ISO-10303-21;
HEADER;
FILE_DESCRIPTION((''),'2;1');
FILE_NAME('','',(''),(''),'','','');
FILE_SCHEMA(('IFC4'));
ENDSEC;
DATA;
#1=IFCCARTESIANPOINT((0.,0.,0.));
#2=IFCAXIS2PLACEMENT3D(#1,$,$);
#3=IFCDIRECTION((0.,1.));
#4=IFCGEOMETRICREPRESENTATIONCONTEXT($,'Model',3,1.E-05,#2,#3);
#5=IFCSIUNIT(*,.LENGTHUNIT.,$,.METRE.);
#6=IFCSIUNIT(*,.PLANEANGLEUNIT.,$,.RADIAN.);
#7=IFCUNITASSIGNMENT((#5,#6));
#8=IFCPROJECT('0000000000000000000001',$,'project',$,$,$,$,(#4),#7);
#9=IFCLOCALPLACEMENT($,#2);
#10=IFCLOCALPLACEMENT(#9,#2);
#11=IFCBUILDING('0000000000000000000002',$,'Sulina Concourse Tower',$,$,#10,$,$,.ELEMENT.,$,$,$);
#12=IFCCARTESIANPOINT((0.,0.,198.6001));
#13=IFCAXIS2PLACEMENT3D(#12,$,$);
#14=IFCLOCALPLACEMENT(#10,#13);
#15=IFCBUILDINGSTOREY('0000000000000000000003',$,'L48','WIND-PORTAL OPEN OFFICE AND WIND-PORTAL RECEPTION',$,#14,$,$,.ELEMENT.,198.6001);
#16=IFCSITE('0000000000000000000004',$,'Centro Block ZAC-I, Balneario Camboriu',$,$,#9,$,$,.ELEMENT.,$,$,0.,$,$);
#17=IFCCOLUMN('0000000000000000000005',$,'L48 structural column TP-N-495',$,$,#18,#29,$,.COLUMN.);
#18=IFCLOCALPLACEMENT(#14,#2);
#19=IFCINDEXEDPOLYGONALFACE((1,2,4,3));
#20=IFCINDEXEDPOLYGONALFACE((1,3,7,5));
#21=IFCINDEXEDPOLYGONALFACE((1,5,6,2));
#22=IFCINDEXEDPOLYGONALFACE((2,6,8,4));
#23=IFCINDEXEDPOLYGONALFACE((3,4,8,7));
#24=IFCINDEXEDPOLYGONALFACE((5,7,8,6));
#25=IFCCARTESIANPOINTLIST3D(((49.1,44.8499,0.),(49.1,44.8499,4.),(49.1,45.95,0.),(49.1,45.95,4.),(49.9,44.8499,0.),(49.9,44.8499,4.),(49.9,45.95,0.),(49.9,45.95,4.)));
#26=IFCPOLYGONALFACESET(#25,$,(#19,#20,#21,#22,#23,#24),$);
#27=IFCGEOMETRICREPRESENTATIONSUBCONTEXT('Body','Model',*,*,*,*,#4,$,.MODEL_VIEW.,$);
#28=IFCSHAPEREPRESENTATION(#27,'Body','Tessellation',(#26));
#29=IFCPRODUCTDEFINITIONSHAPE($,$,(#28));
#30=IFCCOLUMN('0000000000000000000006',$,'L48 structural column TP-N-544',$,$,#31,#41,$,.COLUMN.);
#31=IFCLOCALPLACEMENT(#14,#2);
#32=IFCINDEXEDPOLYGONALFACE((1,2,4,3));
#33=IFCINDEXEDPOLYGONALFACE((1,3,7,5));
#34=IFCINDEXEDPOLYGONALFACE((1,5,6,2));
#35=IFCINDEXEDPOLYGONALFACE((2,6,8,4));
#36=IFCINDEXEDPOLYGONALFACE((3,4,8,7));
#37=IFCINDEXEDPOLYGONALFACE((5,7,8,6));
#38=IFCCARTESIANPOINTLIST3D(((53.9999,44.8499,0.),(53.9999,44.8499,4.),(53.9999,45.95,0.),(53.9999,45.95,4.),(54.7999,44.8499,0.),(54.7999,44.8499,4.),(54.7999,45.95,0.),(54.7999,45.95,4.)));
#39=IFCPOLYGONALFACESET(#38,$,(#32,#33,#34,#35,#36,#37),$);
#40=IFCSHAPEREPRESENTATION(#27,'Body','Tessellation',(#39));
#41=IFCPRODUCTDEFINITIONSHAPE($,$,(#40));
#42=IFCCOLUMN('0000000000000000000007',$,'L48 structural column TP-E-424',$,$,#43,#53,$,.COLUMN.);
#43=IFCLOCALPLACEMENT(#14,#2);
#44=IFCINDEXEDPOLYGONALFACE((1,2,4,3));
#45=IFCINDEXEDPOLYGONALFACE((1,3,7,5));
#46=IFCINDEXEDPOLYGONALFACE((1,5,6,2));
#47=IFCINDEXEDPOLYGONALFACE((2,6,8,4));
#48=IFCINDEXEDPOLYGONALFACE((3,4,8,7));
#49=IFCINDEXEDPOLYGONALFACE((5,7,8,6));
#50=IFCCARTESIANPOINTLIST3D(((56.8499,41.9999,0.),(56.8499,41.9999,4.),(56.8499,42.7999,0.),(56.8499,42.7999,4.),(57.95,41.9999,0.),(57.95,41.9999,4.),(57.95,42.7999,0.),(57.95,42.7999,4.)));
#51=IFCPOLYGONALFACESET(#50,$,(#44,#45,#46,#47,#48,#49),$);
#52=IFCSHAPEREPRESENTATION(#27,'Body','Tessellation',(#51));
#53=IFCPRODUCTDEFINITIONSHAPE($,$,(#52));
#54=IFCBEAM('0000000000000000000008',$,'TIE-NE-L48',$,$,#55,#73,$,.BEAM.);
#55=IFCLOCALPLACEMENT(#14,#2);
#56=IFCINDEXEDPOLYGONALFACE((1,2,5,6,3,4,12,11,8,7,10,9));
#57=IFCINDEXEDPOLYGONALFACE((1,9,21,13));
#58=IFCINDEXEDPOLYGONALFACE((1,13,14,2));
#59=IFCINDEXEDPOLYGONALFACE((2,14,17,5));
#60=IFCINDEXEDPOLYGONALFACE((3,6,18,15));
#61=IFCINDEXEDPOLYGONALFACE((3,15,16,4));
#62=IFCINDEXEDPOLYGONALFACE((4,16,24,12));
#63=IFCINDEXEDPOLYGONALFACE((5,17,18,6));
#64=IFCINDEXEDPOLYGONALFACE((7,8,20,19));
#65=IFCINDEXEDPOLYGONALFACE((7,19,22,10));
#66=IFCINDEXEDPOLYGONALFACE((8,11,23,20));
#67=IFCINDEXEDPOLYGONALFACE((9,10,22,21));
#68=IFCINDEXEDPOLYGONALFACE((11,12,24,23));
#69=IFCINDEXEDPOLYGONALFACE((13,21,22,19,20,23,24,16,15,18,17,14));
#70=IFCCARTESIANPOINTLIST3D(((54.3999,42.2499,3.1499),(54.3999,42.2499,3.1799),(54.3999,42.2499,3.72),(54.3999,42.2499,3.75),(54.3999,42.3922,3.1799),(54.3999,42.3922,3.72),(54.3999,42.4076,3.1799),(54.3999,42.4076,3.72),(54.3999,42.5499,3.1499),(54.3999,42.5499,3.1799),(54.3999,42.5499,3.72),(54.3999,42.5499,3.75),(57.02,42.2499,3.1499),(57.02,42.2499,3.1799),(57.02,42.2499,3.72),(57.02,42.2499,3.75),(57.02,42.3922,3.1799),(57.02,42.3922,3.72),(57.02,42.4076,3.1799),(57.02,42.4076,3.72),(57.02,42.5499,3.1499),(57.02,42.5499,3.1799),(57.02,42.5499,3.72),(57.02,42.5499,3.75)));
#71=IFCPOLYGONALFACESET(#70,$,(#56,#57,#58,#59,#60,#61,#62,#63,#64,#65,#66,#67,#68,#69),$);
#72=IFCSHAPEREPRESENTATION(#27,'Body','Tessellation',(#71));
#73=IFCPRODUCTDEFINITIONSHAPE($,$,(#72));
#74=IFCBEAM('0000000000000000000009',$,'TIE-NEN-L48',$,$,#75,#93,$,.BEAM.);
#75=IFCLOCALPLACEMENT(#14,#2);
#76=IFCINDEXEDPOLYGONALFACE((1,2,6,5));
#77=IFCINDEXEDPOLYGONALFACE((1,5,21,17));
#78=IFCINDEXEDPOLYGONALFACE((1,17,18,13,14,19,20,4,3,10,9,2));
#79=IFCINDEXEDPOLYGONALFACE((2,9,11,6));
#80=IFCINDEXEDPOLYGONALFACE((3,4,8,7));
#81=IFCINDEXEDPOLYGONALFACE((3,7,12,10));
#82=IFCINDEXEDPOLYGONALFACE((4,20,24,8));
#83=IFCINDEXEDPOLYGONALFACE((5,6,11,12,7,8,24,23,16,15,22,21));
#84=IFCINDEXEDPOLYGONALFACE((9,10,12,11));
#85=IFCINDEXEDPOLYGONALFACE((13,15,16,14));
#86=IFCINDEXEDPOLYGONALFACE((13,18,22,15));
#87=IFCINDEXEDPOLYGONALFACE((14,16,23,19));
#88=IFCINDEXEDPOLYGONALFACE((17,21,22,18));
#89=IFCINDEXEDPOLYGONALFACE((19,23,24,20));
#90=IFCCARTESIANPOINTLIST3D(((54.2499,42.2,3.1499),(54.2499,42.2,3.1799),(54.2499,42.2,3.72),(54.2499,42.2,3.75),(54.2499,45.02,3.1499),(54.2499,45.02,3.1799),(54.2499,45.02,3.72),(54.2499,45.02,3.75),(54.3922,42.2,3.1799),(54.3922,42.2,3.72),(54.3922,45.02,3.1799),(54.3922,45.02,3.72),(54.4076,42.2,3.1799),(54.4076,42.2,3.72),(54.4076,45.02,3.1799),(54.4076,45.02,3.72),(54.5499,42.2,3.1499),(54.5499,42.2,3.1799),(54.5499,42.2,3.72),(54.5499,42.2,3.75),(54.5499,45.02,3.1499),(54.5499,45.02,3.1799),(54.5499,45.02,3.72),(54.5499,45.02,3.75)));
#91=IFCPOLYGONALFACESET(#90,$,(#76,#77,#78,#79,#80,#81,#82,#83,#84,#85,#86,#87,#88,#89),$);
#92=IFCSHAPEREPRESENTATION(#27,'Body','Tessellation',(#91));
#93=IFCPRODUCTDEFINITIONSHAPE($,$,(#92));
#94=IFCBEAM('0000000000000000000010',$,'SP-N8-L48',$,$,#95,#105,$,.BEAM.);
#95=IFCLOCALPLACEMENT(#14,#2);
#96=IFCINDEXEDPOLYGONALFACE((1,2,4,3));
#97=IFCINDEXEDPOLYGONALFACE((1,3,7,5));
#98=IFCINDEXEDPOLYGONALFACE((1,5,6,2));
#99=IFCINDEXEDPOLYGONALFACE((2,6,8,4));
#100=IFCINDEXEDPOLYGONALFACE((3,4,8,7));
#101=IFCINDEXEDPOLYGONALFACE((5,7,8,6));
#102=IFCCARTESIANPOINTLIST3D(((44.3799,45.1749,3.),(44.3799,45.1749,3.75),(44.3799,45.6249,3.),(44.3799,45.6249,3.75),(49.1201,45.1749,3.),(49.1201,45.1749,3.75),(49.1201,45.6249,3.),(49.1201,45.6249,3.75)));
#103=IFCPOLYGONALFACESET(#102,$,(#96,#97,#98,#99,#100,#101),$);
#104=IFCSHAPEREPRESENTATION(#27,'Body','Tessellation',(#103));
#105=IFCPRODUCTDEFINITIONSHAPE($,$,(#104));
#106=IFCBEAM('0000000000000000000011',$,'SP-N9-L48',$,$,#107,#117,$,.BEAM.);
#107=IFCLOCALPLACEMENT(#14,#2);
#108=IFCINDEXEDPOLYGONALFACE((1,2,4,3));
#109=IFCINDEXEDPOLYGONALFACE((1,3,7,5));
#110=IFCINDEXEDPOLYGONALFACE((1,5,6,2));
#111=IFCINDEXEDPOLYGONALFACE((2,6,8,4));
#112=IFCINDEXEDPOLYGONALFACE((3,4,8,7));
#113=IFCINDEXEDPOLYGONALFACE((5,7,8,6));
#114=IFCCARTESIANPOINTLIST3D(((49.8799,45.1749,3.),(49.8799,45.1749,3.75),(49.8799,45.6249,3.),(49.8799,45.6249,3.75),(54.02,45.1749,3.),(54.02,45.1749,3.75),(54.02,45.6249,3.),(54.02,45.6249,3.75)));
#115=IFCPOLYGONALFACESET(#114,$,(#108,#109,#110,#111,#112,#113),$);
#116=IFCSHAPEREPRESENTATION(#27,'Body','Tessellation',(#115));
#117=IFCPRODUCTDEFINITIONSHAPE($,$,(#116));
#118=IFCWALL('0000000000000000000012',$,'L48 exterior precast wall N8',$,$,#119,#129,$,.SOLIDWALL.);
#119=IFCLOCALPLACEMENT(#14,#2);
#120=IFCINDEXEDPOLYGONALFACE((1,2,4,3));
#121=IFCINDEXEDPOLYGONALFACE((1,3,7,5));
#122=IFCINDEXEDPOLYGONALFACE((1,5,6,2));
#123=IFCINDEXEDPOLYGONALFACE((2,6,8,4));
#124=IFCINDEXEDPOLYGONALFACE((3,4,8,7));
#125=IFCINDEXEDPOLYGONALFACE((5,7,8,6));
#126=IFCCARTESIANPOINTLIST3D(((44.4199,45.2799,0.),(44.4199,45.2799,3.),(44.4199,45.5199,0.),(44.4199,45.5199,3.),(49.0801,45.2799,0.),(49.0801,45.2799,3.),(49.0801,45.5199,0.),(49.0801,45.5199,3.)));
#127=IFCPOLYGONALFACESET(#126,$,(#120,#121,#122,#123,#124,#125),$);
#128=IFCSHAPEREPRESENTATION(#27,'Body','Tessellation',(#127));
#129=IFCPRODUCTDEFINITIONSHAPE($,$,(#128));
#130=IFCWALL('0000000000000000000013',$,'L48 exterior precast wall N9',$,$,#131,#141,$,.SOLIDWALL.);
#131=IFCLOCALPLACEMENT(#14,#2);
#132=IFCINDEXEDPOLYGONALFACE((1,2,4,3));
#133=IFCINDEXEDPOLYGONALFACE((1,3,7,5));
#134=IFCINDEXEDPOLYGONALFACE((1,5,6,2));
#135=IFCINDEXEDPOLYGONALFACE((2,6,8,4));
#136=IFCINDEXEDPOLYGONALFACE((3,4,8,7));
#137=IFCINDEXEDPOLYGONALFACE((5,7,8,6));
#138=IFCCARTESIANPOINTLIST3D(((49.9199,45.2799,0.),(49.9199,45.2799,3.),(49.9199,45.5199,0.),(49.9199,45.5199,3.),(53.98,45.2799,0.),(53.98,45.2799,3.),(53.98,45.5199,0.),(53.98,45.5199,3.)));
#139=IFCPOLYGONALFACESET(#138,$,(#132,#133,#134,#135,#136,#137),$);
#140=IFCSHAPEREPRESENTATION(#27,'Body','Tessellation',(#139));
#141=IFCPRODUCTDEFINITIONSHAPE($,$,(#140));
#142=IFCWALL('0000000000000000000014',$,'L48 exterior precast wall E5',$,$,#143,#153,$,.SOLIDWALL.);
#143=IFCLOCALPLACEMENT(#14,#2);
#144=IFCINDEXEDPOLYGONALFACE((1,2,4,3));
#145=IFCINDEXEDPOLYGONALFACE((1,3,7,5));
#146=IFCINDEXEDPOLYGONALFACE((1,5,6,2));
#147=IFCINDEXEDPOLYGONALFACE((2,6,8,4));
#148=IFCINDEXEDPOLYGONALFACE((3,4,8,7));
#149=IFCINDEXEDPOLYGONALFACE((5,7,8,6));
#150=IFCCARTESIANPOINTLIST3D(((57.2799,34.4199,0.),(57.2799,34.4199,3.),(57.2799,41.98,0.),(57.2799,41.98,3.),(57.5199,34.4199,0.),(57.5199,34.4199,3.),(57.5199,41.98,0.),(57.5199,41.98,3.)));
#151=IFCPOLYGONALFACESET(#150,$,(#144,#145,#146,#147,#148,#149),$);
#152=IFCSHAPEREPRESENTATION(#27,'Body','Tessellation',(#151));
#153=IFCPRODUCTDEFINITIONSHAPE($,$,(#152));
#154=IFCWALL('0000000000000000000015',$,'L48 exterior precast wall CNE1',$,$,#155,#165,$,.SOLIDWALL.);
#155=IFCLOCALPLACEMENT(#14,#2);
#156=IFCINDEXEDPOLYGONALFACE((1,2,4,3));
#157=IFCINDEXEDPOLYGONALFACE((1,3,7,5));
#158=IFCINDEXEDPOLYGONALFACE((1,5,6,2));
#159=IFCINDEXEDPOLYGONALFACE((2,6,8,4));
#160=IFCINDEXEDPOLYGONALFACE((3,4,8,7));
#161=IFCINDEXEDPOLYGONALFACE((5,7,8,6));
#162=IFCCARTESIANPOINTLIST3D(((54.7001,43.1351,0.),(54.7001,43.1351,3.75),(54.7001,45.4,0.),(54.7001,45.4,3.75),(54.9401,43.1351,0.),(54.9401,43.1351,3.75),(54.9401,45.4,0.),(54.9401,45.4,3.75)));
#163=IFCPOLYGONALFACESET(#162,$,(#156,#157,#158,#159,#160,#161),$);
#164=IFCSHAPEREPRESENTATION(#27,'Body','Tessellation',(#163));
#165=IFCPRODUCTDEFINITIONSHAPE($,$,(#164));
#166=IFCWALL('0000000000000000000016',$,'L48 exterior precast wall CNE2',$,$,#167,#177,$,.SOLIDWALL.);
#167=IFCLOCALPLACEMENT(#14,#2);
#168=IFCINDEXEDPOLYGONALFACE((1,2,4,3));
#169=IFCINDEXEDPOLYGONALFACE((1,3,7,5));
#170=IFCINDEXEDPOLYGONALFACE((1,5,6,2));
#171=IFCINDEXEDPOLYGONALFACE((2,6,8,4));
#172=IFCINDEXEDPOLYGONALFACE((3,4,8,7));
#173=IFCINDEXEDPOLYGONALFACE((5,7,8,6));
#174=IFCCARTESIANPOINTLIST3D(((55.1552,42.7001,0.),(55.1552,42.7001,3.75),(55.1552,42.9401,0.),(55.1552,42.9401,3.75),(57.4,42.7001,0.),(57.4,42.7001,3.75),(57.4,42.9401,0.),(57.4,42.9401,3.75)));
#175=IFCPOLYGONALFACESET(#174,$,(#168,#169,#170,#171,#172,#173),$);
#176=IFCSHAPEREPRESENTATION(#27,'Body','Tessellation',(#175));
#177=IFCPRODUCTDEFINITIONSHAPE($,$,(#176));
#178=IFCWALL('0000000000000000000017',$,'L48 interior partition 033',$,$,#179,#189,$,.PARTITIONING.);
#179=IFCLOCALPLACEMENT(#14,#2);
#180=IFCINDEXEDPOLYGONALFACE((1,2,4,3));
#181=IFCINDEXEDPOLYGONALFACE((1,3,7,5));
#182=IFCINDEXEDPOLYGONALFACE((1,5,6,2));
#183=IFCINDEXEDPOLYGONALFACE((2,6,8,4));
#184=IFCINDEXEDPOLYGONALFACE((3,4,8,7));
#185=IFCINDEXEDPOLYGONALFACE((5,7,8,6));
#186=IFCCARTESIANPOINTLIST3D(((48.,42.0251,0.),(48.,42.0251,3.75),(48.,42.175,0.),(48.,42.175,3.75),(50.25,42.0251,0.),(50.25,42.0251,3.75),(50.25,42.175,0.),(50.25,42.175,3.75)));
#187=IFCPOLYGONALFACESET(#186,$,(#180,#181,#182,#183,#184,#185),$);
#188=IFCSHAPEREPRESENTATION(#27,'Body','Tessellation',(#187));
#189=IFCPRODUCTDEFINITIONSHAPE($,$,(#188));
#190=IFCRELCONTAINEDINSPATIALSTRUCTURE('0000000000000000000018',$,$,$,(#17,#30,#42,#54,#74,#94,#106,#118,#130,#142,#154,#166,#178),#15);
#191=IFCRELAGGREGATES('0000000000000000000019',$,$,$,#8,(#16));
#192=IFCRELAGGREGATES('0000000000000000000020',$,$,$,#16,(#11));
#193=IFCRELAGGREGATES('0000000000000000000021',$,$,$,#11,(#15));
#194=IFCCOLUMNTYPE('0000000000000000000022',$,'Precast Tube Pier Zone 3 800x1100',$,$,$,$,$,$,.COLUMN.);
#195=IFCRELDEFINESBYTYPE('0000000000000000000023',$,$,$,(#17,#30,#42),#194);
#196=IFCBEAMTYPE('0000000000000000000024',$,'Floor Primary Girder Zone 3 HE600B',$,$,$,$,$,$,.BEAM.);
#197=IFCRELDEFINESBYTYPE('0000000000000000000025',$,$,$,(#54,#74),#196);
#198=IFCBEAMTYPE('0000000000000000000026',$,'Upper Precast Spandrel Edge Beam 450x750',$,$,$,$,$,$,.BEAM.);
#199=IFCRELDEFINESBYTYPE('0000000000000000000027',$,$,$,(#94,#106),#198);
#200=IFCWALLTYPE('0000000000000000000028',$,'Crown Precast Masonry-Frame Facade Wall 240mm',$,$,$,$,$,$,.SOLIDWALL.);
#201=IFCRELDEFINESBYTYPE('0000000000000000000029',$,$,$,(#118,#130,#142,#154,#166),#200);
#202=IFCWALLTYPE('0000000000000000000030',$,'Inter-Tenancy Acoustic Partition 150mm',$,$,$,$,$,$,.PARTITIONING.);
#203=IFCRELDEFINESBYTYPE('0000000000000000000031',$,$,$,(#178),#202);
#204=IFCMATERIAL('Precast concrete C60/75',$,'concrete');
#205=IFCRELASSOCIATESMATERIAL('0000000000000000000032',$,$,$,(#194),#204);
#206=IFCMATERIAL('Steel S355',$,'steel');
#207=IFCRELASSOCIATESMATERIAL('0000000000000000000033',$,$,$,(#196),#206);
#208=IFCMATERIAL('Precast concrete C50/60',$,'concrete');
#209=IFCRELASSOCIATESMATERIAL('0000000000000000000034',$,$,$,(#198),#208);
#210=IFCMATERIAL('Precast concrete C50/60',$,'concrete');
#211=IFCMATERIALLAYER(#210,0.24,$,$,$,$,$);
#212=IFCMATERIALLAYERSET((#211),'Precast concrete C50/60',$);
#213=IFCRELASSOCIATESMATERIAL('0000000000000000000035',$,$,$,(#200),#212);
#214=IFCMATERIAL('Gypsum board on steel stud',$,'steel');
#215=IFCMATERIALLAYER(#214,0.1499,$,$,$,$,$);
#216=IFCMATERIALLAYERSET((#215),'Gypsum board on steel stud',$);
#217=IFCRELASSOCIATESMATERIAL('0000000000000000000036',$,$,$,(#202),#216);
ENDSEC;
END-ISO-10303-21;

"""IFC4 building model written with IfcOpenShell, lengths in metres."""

from ifc_helpers import new_model, si_unit, direction, frame, frame_2d, origin, origin_2d, place, context, subcontext, project, spatial, rectangle, i_section, extrude, material, layer, layer_set, material_profile, profile_set, type_object, element, save


model = new_model("IFC4")

# Units and contexts
model_context = context("Model", 3, precision=1e-05, world=origin(), true_north=direction((0.0, 1.0)))
body_context = subcontext(model_context, "Body", "Model", "MODEL_VIEW")
ifc_project = project(units=[si_unit("LENGTHUNIT", "METRE"), si_unit("PLANEANGLEUNIT", "RADIAN")], contexts=[model_context])

# Site, building, storey
site_placement = place(None, origin())
site = spatial("IfcSite", under=ifc_project, at=site_placement, Name="Centro Block ZAC-I, Balneario Camboriu", CompositionType="ELEMENT", RefElevation=0.0)
building_placement = place(site_placement, origin())
building = spatial("IfcBuilding", under=site, at=building_placement, Name="Sulina Concourse Tower", CompositionType="ELEMENT")
storey_placement = place(building_placement, frame((0.0, 0.0, 198.6001)))
storey = spatial("IfcBuildingStorey", under=building, at=storey_placement, Name="L48", Description="WIND-PORTAL OPEN OFFICE AND WIND-PORTAL RECEPTION", CompositionType="ELEMENT", Elevation=198.6001)

# Columns
ifc_material_1 = material(Name="Precast concrete C60/75", Category="concrete")
ifc_material_profile_1 = material_profile(ifc_material_1, rectangle(XDim=0.8, YDim=1.1001, at=origin_2d()), Name="PC 800x1100")
ifc_profile_set_1 = profile_set([ifc_material_profile_1], Name="Precast concrete C60/75")
column_type = type_object("IfcColumnType", Name="Precast Tube Pier Zone 3 800x1100", PredefinedType="COLUMN", material=ifc_profile_set_1)
for number, where, z_axis, x_axis, name in (
    (1, (49.5, 45.3999, 0.0), (0.0, 0.0, 1.0), (1.0, 0.0, 0.0), "L48 structural column TP-N-495"),
    (2, (54.3999, 45.3999, 0.0), (0.0, 0.0, 1.0), (1.0, 0.0, 0.0), "L48 structural column TP-N-544"),
    (3, (57.3999, 42.3999, 0.0), (0.0, 0.0, 1.0), (0.0, 1.0, 0.0), "L48 structural column TP-E-424"),
):
    element("IfcColumn", number, at=place(storey_placement, frame(where, z_axis=z_axis, x_axis=x_axis)), inside=storey, type_object=column_type, Name=name, PredefinedType="COLUMN", context=body_context, shape_type="SweptSolid", body=[
        extrude(rectangle(XDim=0.8, YDim=1.1001, at=origin_2d()), origin(), (0.0, 0.0, 1.0), 4.0),
    ])

# Beams
ifc_material_2 = material(Name="Steel S355", Category="steel")
ifc_material_profile_2 = material_profile(ifc_material_2, i_section(OverallWidth=0.3, OverallDepth=0.6001, WebThickness=0.0154, FlangeThickness=0.03, at=origin_2d()), Name="HE 600 B")
ifc_profile_set_2 = profile_set([ifc_material_profile_2], Name="Steel S355")
beam_type_1 = type_object("IfcBeamType", Name="Floor Primary Girder Zone 3 HE600B", PredefinedType="BEAM", material=ifc_profile_set_2)
beam_1_placement = place(storey_placement, frame((54.3999, 42.3999, 3.45), z_axis=(1.0, 0.0, 0.0), x_axis=(0.0, 1.0, 0.0)))
element("IfcBeam", 4, at=beam_1_placement, inside=storey, type_object=beam_type_1, Name="TIE-NE-L48", PredefinedType="BEAM", context=body_context, shape_type="SweptSolid", body=[
    extrude(i_section(OverallWidth=0.3, OverallDepth=0.6001, WebThickness=0.0154, FlangeThickness=0.03, at=origin_2d()), origin(), (0.0, 0.0, 1.0), 2.6201),
])
beam_2_placement = place(storey_placement, frame((54.3999, 42.2, 3.45), z_axis=(0.0, 1.0, 0.0), x_axis=(-1.0, 0.0, 0.0)))
element("IfcBeam", 5, at=beam_2_placement, inside=storey, type_object=beam_type_1, Name="TIE-NEN-L48", PredefinedType="BEAM", context=body_context, shape_type="SweptSolid", body=[
    extrude(i_section(OverallWidth=0.3, OverallDepth=0.6001, WebThickness=0.0154, FlangeThickness=0.03, at=origin_2d()), origin(), (0.0, 0.0, 1.0), 2.8201),
])
ifc_material_3 = material(Name="Precast concrete C50/60", Category="concrete")
ifc_material_profile_3 = material_profile(ifc_material_3, rectangle(XDim=0.45, YDim=0.75, at=origin_2d()), Name="RC 450x750")
ifc_profile_set_3 = profile_set([ifc_material_profile_3], Name="Precast concrete C50/60")
beam_type_2 = type_object("IfcBeamType", Name="Upper Precast Spandrel Edge Beam 450x750", PredefinedType="BEAM", material=ifc_profile_set_3)
beam_3_placement = place(storey_placement, frame((44.3799, 45.3999, 3.375), z_axis=(1.0, 0.0, 0.0), x_axis=(0.0, 1.0, 0.0)))
element("IfcBeam", 6, at=beam_3_placement, inside=storey, type_object=beam_type_2, Name="SP-N8-L48", PredefinedType="BEAM", context=body_context, shape_type="SweptSolid", body=[
    extrude(rectangle(XDim=0.45, YDim=0.75, at=origin_2d()), origin(), (0.0, 0.0, 1.0), 4.7402),
])
beam_4_placement = place(storey_placement, frame((49.8799, 45.3999, 3.375), z_axis=(1.0, 0.0, 0.0), x_axis=(0.0, 1.0, 0.0)))
element("IfcBeam", 7, at=beam_4_placement, inside=storey, type_object=beam_type_2, Name="SP-N9-L48", PredefinedType="BEAM", context=body_context, shape_type="SweptSolid", body=[
    extrude(rectangle(XDim=0.45, YDim=0.75, at=origin_2d()), origin(), (0.0, 0.0, 1.0), 4.1401),
])

# Walls
ifc_material_4 = material(Name="Precast concrete C50/60", Category="concrete")
ifc_layer_1 = layer(ifc_material_4, 0.24)
ifc_layer_set_1 = layer_set([ifc_layer_1], Name="Precast concrete C50/60")
wall_type_1 = type_object("IfcWallType", Name="Crown Precast Masonry-Frame Facade Wall 240mm", PredefinedType="SOLIDWALL", material=ifc_layer_set_1)
wall_1_placement = place(storey_placement, frame((44.4199, 45.3999, 0.0), z_axis=(0.0, 0.0, 1.0), x_axis=(1.0, 0.0, 0.0)))
element("IfcWall", 8, at=wall_1_placement, inside=storey, type_object=wall_type_1, Name="L48 exterior precast wall N8", PredefinedType="SOLIDWALL", context=body_context, shape_type="SweptSolid", body=[
    extrude(rectangle(XDim=4.6602, YDim=0.24, at=frame_2d((2.3301, 0.0))), origin(), (0.0, 0.0, 1.0), 3.0),
])
wall_2_placement = place(storey_placement, frame((49.9199, 45.3999, 0.0), z_axis=(0.0, 0.0, 1.0), x_axis=(1.0, 0.0, 0.0)))
element("IfcWall", 9, at=wall_2_placement, inside=storey, type_object=wall_type_1, Name="L48 exterior precast wall N9", PredefinedType="SOLIDWALL", context=body_context, shape_type="SweptSolid", body=[
    extrude(rectangle(XDim=4.0601, YDim=0.24, at=frame_2d((2.03, 0.0))), origin(), (0.0, 0.0, 1.0), 3.0),
])
wall_3_placement = place(storey_placement, frame((57.3999, 41.98, 0.0), z_axis=(0.0, 0.0, 1.0), x_axis=(0.0, -1.0, 0.0)))
element("IfcWall", 10, at=wall_3_placement, inside=storey, type_object=wall_type_1, Name="L48 exterior precast wall E5", PredefinedType="SOLIDWALL", context=body_context, shape_type="SweptSolid", body=[
    extrude(rectangle(XDim=7.5601, YDim=0.24, at=frame_2d((3.78, 0.0))), origin(), (0.0, 0.0, 1.0), 3.0),
])
wall_4_placement = place(storey_placement, frame((54.8201, 45.3999, 0.0), z_axis=(0.0, 0.0, 1.0), x_axis=(0.0, -1.0, 0.0)))
element("IfcWall", 11, at=wall_4_placement, inside=storey, type_object=wall_type_1, Name="L48 exterior precast wall CNE1", PredefinedType="SOLIDWALL", context=body_context, shape_type="SweptSolid", body=[
    extrude(rectangle(XDim=2.2649, YDim=0.24, at=frame_2d((1.1323, 0.0))), origin(), (0.0, 0.0, 1.0), 3.75),
])
wall_5_placement = place(storey_placement, frame((55.155, 42.8201, 0.0), z_axis=(0.0, 0.0, 1.0), x_axis=(1.0, 0.0, 0.0)))
element("IfcWall", 12, at=wall_5_placement, inside=storey, type_object=wall_type_1, Name="L48 exterior precast wall CNE2", PredefinedType="SOLIDWALL", context=body_context, shape_type="SweptSolid", body=[
    extrude(rectangle(XDim=2.2449, YDim=0.24, at=frame_2d((1.1226, 0.0))), origin(), (0.0, 0.0, 1.0), 3.75),
])
ifc_material_5 = material(Name="Gypsum board on steel stud", Category="steel")
ifc_layer_2 = layer(ifc_material_5, 0.1499)
ifc_layer_set_2 = layer_set([ifc_layer_2], Name="Gypsum board on steel stud")
wall_type_2 = type_object("IfcWallType", Name="Inter-Tenancy Acoustic Partition 150mm", PredefinedType="PARTITIONING", material=ifc_layer_set_2)
wall_6_placement = place(storey_placement, frame((48.0, 42.1001, 0.0), z_axis=(0.0, 0.0, 1.0), x_axis=(1.0, 0.0, 0.0)))
element("IfcWall", 13, at=wall_6_placement, inside=storey, type_object=wall_type_2, Name="L48 interior partition 033", PredefinedType="PARTITIONING", context=body_context, shape_type="SweptSolid", body=[
    extrude(rectangle(XDim=2.25, YDim=0.1499, at=frame_2d((1.125, 0.0))), origin(), (0.0, 0.0, 1.0), 3.75),
])

save(model, "model.ifc")
